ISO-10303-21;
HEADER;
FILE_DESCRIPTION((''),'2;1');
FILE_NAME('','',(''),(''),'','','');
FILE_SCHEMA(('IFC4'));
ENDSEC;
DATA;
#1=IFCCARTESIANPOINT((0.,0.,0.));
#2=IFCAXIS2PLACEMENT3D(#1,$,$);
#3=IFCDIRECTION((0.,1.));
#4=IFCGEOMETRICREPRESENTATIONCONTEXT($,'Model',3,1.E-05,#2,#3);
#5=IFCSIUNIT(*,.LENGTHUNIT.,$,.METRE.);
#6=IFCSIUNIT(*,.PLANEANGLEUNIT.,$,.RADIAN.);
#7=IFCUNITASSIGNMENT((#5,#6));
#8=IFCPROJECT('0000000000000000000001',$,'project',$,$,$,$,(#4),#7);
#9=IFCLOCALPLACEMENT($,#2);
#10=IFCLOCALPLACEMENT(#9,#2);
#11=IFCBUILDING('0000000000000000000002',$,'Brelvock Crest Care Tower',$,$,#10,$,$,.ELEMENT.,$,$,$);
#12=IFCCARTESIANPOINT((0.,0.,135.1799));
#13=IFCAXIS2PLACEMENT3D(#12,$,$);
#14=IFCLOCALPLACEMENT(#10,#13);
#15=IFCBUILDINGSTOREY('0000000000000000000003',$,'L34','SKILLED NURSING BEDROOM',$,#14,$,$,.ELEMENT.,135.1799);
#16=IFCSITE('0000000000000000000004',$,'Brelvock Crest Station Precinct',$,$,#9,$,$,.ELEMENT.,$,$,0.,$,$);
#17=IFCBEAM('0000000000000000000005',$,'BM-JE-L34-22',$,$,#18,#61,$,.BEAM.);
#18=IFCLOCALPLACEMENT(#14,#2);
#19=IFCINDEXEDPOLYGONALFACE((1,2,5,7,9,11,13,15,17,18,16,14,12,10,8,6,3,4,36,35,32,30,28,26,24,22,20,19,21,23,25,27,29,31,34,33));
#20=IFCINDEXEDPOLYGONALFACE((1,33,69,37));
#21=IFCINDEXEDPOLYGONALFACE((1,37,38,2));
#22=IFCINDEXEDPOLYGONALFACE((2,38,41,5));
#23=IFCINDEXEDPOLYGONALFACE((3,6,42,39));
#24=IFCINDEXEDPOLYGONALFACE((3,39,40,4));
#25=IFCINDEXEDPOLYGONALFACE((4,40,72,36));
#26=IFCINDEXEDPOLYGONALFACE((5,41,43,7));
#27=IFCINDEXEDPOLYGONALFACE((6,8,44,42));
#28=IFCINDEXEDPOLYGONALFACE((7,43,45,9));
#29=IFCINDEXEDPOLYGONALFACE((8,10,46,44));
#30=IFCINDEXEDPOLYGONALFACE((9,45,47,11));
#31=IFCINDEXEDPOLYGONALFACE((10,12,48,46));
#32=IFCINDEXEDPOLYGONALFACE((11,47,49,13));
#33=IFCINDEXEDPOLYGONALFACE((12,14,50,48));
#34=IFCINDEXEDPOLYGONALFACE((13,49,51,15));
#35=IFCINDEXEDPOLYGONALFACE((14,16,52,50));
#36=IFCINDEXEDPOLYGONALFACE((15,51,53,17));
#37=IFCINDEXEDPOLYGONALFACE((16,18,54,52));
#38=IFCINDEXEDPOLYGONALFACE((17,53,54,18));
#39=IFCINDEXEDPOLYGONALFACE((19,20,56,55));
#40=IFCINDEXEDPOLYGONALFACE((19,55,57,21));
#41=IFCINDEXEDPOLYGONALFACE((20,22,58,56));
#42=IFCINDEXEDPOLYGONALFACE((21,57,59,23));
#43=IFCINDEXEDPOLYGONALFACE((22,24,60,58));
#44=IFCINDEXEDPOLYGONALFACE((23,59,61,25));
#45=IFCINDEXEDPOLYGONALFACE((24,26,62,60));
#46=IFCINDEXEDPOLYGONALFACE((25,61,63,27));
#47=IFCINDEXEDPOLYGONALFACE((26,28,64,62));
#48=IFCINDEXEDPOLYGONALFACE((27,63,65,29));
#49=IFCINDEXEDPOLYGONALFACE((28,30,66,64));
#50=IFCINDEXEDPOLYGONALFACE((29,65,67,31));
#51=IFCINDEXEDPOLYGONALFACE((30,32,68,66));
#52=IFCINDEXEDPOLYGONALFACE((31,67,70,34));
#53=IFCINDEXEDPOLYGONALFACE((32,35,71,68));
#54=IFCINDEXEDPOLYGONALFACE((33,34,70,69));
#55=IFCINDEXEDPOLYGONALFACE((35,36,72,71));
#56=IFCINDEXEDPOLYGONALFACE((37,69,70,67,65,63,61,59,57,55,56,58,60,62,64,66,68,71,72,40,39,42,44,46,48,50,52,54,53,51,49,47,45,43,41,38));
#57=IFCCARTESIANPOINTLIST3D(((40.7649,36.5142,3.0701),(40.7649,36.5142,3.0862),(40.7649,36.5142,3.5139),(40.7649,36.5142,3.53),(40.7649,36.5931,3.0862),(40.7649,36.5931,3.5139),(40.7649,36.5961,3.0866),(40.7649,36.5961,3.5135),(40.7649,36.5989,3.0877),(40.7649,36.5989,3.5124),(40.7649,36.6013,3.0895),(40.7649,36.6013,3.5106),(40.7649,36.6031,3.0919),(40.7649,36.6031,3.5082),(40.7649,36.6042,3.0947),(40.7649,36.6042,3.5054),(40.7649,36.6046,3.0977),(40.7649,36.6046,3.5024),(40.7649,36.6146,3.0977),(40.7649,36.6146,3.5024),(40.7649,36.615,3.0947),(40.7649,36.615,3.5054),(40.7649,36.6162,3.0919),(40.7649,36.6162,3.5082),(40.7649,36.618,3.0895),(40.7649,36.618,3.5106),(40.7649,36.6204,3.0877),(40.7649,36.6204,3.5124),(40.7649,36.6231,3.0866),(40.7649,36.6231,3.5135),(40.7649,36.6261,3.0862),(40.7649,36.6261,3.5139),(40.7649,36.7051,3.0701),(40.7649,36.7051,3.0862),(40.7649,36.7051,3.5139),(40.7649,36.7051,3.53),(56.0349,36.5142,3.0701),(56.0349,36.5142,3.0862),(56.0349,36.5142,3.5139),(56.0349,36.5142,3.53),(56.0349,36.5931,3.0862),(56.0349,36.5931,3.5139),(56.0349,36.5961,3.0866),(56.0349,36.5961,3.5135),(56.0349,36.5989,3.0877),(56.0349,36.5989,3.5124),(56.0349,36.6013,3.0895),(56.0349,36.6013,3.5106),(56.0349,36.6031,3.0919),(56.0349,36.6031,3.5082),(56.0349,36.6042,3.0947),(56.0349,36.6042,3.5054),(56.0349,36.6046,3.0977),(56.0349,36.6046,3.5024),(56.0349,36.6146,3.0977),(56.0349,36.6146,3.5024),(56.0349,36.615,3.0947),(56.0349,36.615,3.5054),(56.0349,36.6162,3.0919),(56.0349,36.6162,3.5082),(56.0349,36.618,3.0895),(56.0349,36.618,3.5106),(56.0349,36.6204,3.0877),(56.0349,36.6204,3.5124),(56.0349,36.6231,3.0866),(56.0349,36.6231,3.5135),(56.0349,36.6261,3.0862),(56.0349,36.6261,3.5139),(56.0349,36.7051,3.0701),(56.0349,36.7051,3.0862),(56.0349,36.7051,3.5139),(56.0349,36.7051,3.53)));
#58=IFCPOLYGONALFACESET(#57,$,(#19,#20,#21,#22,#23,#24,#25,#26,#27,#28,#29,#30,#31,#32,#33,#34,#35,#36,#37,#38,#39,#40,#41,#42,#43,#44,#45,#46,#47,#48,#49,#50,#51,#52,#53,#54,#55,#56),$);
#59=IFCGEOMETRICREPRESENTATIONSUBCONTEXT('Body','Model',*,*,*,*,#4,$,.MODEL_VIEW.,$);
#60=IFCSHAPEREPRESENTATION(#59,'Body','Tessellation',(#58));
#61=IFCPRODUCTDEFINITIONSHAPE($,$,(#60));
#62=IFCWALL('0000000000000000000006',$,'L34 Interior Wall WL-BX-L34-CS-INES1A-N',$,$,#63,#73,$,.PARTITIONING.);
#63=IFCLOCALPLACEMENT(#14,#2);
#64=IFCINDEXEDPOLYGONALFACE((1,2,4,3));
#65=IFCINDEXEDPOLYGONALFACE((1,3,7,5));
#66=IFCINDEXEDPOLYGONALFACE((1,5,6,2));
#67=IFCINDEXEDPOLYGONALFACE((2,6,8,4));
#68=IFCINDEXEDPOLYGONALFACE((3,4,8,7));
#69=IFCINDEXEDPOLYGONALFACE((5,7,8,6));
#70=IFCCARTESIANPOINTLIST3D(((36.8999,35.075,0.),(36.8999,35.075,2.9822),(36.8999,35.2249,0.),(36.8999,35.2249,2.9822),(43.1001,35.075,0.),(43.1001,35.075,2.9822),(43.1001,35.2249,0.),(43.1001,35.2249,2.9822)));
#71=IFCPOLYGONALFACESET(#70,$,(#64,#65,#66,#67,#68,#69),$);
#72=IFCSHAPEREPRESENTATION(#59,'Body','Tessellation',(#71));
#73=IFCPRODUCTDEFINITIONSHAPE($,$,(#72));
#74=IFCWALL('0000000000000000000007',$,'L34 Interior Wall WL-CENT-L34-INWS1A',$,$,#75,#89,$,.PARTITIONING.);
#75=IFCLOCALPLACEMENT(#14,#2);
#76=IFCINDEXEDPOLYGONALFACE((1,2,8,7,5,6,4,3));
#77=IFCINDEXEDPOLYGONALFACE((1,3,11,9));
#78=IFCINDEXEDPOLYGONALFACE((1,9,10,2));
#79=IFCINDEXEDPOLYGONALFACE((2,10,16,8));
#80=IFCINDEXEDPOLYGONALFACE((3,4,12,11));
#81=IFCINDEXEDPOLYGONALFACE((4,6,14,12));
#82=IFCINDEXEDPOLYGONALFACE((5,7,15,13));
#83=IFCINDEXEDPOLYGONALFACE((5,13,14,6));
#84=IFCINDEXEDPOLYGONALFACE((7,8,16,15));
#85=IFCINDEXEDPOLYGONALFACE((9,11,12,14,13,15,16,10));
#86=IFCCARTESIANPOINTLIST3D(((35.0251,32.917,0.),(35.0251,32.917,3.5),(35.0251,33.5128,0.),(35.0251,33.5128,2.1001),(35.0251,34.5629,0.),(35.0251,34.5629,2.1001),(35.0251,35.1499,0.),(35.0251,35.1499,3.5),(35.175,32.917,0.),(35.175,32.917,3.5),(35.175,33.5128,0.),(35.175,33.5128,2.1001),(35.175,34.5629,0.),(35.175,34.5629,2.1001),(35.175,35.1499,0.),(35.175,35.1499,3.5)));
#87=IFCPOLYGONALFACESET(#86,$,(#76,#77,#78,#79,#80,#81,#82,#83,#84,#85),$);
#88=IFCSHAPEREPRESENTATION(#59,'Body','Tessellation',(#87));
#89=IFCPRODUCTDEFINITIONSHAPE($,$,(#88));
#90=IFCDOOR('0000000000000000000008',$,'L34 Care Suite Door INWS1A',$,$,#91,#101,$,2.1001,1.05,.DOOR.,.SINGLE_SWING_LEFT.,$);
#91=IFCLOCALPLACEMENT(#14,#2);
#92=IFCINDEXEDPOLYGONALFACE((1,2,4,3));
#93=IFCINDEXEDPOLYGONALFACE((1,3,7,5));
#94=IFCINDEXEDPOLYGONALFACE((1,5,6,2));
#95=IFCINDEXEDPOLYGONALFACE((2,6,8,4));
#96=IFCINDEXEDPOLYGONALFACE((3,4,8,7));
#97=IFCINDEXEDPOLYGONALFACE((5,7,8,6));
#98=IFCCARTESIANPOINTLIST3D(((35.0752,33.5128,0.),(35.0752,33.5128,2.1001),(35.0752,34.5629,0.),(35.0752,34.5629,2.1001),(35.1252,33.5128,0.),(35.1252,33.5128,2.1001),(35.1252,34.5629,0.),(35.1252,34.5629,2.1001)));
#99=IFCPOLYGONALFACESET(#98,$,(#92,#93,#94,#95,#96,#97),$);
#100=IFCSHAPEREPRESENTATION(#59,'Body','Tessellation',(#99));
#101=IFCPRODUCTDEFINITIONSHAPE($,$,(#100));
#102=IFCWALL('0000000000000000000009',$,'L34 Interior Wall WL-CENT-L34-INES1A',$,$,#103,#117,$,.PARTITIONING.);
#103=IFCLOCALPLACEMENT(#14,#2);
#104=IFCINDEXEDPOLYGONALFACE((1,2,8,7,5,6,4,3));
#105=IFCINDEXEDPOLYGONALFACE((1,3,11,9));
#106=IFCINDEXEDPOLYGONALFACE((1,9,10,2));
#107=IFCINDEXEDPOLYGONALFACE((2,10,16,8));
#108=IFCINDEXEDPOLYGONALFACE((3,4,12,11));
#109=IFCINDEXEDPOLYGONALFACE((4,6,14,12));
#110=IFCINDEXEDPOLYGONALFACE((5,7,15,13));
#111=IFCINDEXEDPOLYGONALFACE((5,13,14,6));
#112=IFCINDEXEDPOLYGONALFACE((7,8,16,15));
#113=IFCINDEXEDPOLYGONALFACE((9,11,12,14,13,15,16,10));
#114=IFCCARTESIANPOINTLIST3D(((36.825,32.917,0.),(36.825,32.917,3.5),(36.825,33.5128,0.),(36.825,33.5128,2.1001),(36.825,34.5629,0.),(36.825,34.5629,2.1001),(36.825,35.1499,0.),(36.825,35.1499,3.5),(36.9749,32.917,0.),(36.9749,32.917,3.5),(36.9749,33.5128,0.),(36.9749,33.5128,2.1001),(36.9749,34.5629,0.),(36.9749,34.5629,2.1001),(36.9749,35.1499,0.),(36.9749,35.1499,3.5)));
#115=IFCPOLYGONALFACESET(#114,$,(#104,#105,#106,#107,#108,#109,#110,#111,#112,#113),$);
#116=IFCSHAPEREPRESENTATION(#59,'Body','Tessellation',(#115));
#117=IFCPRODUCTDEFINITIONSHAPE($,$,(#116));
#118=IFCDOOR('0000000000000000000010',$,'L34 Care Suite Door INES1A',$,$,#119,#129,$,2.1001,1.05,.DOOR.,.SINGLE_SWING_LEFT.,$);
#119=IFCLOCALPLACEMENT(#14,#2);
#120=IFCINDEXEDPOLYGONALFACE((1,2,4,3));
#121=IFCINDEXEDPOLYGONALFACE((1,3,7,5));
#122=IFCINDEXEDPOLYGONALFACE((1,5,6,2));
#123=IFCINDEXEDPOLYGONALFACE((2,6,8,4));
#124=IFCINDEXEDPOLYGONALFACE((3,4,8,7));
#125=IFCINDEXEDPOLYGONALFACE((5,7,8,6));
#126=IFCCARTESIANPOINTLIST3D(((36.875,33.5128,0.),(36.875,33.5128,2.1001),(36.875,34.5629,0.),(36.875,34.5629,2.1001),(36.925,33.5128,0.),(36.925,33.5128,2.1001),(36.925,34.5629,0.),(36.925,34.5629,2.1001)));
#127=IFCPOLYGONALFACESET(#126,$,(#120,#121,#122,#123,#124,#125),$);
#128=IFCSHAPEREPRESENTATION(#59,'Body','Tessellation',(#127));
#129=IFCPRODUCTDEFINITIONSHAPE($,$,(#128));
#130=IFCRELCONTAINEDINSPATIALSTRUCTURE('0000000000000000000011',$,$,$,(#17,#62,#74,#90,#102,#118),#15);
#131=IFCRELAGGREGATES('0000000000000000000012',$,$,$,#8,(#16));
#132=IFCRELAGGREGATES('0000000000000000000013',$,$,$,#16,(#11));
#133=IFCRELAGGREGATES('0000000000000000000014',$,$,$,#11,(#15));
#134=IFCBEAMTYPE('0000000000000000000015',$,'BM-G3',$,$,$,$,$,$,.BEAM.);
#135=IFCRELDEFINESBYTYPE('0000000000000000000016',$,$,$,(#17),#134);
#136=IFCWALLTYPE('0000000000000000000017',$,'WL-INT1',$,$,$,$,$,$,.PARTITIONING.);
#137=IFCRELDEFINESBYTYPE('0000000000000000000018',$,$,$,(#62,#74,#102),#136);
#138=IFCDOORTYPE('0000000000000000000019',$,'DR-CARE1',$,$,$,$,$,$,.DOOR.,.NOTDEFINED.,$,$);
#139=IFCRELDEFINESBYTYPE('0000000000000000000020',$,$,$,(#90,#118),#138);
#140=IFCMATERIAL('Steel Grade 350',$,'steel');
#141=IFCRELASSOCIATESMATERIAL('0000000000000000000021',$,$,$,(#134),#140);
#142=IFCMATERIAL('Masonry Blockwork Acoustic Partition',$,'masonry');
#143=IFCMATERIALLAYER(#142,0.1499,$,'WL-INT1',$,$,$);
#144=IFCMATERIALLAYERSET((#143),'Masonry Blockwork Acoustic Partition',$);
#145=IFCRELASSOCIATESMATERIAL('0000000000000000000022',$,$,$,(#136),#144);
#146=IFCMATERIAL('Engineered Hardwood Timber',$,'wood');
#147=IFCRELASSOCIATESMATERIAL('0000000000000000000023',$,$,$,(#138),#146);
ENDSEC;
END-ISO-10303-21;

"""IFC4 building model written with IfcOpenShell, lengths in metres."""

from ifc_helpers import new_model, si_unit, direction, frame, frame_2d, origin, origin_2d, place, context, subcontext, project, spatial, rectangle, i_section, extrude, source, transform, mapped, material, layer, layer_set, material_profile, profile_set, type_object, element, fill, save


model = new_model("IFC4")

# Units and contexts
model_context = context("Model", 3, precision=1e-05, world=origin(), true_north=direction((0.0, 1.0)))
body_context = subcontext(model_context, "Body", "Model", "MODEL_VIEW")
ifc_project = project(units=[si_unit("LENGTHUNIT", "METRE"), si_unit("PLANEANGLEUNIT", "RADIAN")], contexts=[model_context])

# Site, building, storey
site_placement = place(None, origin())
site = spatial("IfcSite", under=ifc_project, at=site_placement, Name="Brelvock Crest Station Precinct", CompositionType="ELEMENT", RefElevation=0.0)
building_placement = place(site_placement, origin())
building = spatial("IfcBuilding", under=site, at=building_placement, Name="Brelvock Crest Care Tower", CompositionType="ELEMENT")
storey_placement = place(building_placement, frame((0.0, 0.0, 135.1799)))
storey = spatial("IfcBuildingStorey", under=building, at=storey_placement, Name="L34", Description="SKILLED NURSING BEDROOM", CompositionType="ELEMENT", Elevation=135.1799)

# Beam
ifc_material_1 = material(Name="Steel Grade 350", Category="steel")
ifc_material_profile_1 = material_profile(ifc_material_1, i_section(OverallWidth=0.1909, OverallDepth=0.46, WebThickness=0.01, FlangeThickness=0.0161, FilletRadius=0.0115, at=origin_2d()), Name="460UB82.1")
ifc_profile_set_1 = profile_set([ifc_material_profile_1], Name="Steel Grade 350")
beam_type_1 = type_object("IfcBeamType", Name="BM-G3", PredefinedType="BEAM", material=ifc_profile_set_1)
shared_shape_1 = source(origin(), body_context, "Body", "SweptSolid", [
    extrude(i_section(OverallWidth=0.1909, OverallDepth=0.46, WebThickness=0.01, FlangeThickness=0.0161, FilletRadius=0.0115, at=origin_2d()), origin(), (0.0, 0.0, 1.0), 15.27),
])
for number, where, z_axis, x_axis, name in (
    (1, (40.7649, 36.6096, 3.3), (1.0, 0.0, 0.0), (0.0, 1.0, 0.0), "BM-JE-L34-22"),
):
    element("IfcBeam", number, at=place(storey_placement, frame(where, z_axis=z_axis, x_axis=x_axis)), inside=storey, type_object=beam_type_1, Name=name, PredefinedType="BEAM", context=body_context, shape_type="MappedRepresentation", body=[
        mapped(shared_shape_1, transform((0.0, 0.0, 0.0), x_axis=(1.0, 0.0, 0.0), y_axis=(0.0, 1.0, 0.0), z_axis=(0.0, 0.0, 1.0), scale=1.0)),
    ])

# Wall
ifc_material_2 = material(Name="Masonry Blockwork Acoustic Partition", Category="masonry")
ifc_layer = layer(ifc_material_2, 0.1499, Name="WL-INT1")
ifc_layer_set = layer_set([ifc_layer], Name="Masonry Blockwork Acoustic Partition")
wall_type = type_object("IfcWallType", Name="WL-INT1", PredefinedType="PARTITIONING", material=ifc_layer_set)
wall_1_placement = place(storey_placement, frame((36.8999, 35.1499, 0.0), z_axis=(0.0, 0.0, 1.0), x_axis=(1.0, 0.0, 0.0)))
element("IfcWall", 2, at=wall_1_placement, inside=storey, type_object=wall_type, Name="L34 Interior Wall WL-BX-L34-CS-INES1A-N", PredefinedType="PARTITIONING", context=body_context, shape_type="SweptSolid", body=[
    extrude(rectangle(XDim=6.2002, YDim=0.1499, at=frame_2d((3.1001, 0.0))), origin(), (0.0, 0.0, 1.0), 2.9822),
])

# Walls, openings, doors
wall_2_placement = place(storey_placement, frame((35.1001, 32.917, 0.0), z_axis=(0.0, 0.0, 1.0), x_axis=(0.0, 1.0, 0.0)))
wall_2 = element("IfcWall", 3, at=wall_2_placement, inside=storey, type_object=wall_type, Name="L34 Interior Wall WL-CENT-L34-INWS1A", PredefinedType="PARTITIONING", context=body_context, shape_type="SweptSolid", body=[
    extrude(rectangle(XDim=2.2329, YDim=0.1499, at=frame_2d((1.1165, 0.0))), origin(), (0.0, 0.0, 1.0), 3.5),
])
opening_1_placement = place(wall_2_placement, frame((0.5959, 0.0, 0.0)))
opening_1 = element("IfcOpeningElement", 4, at=opening_1_placement, cuts=wall_2, PredefinedType="OPENING", context=body_context, shape_type="SweptSolid", body=[
    extrude(rectangle(XDim=1.05, YDim=2.1001, at=origin_2d()), frame((0.5249, 0.085, 1.05), z_axis=(0.0, -1.0, 0.0), x_axis=(1.0, 0.0, 0.0)), (0.0, 0.0, 1.0), 0.1699),
])
ifc_material_3 = material(Name="Engineered Hardwood Timber", Category="wood")
door_type = type_object("IfcDoorType", Name="DR-CARE1", OperationType="NOTDEFINED", PredefinedType="DOOR", material=ifc_material_3)
shared_shape_2 = source(origin(), body_context, "Body", "SweptSolid", [
    extrude(rectangle(XDim=1.05, YDim=2.1001, at=origin_2d()), frame((0.5249, 0.0249, 1.05), z_axis=(0.0, -1.0, 0.0), x_axis=(1.0, 0.0, 0.0)), (0.0, 0.0, 1.0), 0.05),
])
door_1_placement = place(opening_1_placement, origin())
door_1 = element("IfcDoor", 5, at=door_1_placement, inside=storey, type_object=door_type, Name="L34 Care Suite Door INWS1A", OperationType="SINGLE_SWING_LEFT", OverallHeight=2.1001, OverallWidth=1.05, PredefinedType="DOOR", context=body_context, shape_type="MappedRepresentation", body=[
    mapped(shared_shape_2, transform((0.0, 0.0, 0.0), x_axis=(1.0, 0.0, 0.0), y_axis=(0.0, 1.0, 0.0), z_axis=(0.0, 0.0, 1.0), scale=1.0)),
])
fill(opening_1, door_1)
wall_3_placement = place(storey_placement, frame((36.8999, 32.917, 0.0), z_axis=(0.0, 0.0, 1.0), x_axis=(0.0, 1.0, 0.0)))
wall_3 = element("IfcWall", 6, at=wall_3_placement, inside=storey, type_object=wall_type, Name="L34 Interior Wall WL-CENT-L34-INES1A", PredefinedType="PARTITIONING", context=body_context, shape_type="SweptSolid", body=[
    extrude(rectangle(XDim=2.2329, YDim=0.1499, at=frame_2d((1.1165, 0.0))), origin(), (0.0, 0.0, 1.0), 3.5),
])
opening_2_placement = place(wall_3_placement, frame((0.5959, 0.0, 0.0)))
opening_2 = element("IfcOpeningElement", 7, at=opening_2_placement, cuts=wall_3, PredefinedType="OPENING", context=body_context, shape_type="SweptSolid", body=[
    extrude(rectangle(XDim=1.05, YDim=2.1001, at=origin_2d()), frame((0.5249, 0.085, 1.05), z_axis=(0.0, -1.0, 0.0), x_axis=(1.0, 0.0, 0.0)), (0.0, 0.0, 1.0), 0.1699),
])
door_2_placement = place(opening_2_placement, origin())
door_2 = element("IfcDoor", 8, at=door_2_placement, inside=storey, type_object=door_type, Name="L34 Care Suite Door INES1A", OperationType="SINGLE_SWING_LEFT", OverallHeight=2.1001, OverallWidth=1.05, PredefinedType="DOOR", context=body_context, shape_type="MappedRepresentation", body=[
    mapped(shared_shape_2, transform((0.0, 0.0, 0.0), x_axis=(1.0, 0.0, 0.0), y_axis=(0.0, 1.0, 0.0), z_axis=(0.0, 0.0, 1.0), scale=1.0)),
])
fill(opening_2, door_2)

save(model, "model.ifc")
